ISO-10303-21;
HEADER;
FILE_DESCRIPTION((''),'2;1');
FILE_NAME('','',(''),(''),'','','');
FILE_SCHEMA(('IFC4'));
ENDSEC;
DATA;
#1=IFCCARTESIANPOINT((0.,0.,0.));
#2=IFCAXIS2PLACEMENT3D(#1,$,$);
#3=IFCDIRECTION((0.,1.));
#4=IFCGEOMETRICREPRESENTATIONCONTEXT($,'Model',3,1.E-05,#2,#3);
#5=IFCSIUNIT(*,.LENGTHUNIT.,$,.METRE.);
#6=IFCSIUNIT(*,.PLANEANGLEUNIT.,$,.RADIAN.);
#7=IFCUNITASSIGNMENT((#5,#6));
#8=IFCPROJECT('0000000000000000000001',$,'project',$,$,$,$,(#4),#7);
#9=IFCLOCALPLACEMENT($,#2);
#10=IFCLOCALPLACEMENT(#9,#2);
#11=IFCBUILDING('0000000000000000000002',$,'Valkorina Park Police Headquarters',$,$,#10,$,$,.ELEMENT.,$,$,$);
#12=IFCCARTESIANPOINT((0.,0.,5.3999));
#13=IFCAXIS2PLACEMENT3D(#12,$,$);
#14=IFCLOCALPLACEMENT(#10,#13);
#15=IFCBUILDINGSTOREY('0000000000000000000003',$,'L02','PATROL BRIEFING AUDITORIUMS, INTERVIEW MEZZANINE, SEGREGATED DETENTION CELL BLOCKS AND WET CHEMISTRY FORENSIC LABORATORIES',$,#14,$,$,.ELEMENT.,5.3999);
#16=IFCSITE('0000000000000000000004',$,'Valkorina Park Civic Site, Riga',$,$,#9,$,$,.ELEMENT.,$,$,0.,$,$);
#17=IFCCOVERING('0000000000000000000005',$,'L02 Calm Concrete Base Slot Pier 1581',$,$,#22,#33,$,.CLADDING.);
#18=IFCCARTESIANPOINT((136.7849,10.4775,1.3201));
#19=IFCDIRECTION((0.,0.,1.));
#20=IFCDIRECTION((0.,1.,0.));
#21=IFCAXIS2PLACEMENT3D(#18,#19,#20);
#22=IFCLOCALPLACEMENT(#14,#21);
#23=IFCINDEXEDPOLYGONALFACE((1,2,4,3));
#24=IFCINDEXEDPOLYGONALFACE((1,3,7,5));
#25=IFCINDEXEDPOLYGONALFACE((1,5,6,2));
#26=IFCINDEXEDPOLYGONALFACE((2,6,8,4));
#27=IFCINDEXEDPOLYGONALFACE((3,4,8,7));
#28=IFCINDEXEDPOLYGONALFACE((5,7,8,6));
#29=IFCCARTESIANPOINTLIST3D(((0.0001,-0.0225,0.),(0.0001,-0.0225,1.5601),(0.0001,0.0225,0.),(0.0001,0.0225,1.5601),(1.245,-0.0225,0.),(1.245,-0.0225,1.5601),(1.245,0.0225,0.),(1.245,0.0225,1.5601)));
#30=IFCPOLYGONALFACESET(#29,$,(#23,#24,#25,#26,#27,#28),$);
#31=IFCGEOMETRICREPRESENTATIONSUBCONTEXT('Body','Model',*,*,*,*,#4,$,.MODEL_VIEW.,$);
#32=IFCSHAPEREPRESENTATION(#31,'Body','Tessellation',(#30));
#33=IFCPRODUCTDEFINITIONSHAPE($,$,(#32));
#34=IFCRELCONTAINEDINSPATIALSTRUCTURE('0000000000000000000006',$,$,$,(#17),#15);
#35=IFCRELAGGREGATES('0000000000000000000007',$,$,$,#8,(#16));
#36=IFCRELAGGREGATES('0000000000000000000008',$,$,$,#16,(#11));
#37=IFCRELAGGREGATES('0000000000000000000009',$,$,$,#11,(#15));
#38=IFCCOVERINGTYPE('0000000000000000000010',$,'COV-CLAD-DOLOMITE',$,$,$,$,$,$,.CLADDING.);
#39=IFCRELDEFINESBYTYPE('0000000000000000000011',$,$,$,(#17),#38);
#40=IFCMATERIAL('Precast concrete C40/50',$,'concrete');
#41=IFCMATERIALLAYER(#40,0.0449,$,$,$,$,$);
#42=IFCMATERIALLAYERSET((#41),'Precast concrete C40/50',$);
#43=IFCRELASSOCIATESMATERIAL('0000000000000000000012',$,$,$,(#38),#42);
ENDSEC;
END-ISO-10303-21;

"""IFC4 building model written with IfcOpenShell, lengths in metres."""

from ifc_helpers import new_model, si_unit, direction, frame, frame_2d, origin, place, context, subcontext, project, spatial, rectangle, extrude, material, layer, layer_set, type_object, element, save


model = new_model("IFC4")

# Units and contexts
model_context = context("Model", 3, precision=1e-05, world=origin(), true_north=direction((0.0, 1.0)))
body_context = subcontext(model_context, "Body", "Model", "MODEL_VIEW")
ifc_project = project(units=[si_unit("LENGTHUNIT", "METRE"), si_unit("PLANEANGLEUNIT", "RADIAN")], contexts=[model_context])

# Site, building, storey
site_placement = place(None, origin())
site = spatial("IfcSite", under=ifc_project, at=site_placement, Name="Valkorina Park Civic Site, Riga", CompositionType="ELEMENT", RefElevation=0.0)
building_placement = place(site_placement, origin())
building = spatial("IfcBuilding", under=site, at=building_placement, Name="Valkorina Park Police Headquarters", CompositionType="ELEMENT")
storey_placement = place(building_placement, frame((0.0, 0.0, 5.3999)))
storey = spatial("IfcBuildingStorey", under=building, at=storey_placement, Name="L02", Description="PATROL BRIEFING AUDITORIUMS, INTERVIEW MEZZANINE, SEGREGATED DETENTION CELL BLOCKS AND WET CHEMISTRY FORENSIC LABORATORIES", CompositionType="ELEMENT", Elevation=5.3999)

# Shared definitions
ifc_material_1 = material(Name="Precast concrete C40/50", Category="concrete")

# Covering
ifc_layer_1 = layer(ifc_material_1, 0.0449)
ifc_layer_set_1 = layer_set([ifc_layer_1], Name="Precast concrete C40/50")
covering_type = type_object("IfcCoveringType", Name="COV-CLAD-DOLOMITE", PredefinedType="CLADDING", material=ifc_layer_set_1)
covering_1_placement = place(storey_placement, frame((136.7849, 10.4775, 1.3201), z_axis=(0.0, 0.0, 1.0), x_axis=(0.0, 1.0, 0.0)))
element("IfcCovering", 1, at=covering_1_placement, inside=storey, type_object=covering_type, Name="L02 Calm Concrete Base Slot Pier 1581", PredefinedType="CLADDING", context=body_context, shape_type="SweptSolid", body=[
    extrude(rectangle(XDim=1.2449, YDim=0.0449, at=frame_2d((0.6226, 0.0))), origin(), (0.0, 0.0, 1.0), 1.5601),
])

save(model, "model.ifc")
